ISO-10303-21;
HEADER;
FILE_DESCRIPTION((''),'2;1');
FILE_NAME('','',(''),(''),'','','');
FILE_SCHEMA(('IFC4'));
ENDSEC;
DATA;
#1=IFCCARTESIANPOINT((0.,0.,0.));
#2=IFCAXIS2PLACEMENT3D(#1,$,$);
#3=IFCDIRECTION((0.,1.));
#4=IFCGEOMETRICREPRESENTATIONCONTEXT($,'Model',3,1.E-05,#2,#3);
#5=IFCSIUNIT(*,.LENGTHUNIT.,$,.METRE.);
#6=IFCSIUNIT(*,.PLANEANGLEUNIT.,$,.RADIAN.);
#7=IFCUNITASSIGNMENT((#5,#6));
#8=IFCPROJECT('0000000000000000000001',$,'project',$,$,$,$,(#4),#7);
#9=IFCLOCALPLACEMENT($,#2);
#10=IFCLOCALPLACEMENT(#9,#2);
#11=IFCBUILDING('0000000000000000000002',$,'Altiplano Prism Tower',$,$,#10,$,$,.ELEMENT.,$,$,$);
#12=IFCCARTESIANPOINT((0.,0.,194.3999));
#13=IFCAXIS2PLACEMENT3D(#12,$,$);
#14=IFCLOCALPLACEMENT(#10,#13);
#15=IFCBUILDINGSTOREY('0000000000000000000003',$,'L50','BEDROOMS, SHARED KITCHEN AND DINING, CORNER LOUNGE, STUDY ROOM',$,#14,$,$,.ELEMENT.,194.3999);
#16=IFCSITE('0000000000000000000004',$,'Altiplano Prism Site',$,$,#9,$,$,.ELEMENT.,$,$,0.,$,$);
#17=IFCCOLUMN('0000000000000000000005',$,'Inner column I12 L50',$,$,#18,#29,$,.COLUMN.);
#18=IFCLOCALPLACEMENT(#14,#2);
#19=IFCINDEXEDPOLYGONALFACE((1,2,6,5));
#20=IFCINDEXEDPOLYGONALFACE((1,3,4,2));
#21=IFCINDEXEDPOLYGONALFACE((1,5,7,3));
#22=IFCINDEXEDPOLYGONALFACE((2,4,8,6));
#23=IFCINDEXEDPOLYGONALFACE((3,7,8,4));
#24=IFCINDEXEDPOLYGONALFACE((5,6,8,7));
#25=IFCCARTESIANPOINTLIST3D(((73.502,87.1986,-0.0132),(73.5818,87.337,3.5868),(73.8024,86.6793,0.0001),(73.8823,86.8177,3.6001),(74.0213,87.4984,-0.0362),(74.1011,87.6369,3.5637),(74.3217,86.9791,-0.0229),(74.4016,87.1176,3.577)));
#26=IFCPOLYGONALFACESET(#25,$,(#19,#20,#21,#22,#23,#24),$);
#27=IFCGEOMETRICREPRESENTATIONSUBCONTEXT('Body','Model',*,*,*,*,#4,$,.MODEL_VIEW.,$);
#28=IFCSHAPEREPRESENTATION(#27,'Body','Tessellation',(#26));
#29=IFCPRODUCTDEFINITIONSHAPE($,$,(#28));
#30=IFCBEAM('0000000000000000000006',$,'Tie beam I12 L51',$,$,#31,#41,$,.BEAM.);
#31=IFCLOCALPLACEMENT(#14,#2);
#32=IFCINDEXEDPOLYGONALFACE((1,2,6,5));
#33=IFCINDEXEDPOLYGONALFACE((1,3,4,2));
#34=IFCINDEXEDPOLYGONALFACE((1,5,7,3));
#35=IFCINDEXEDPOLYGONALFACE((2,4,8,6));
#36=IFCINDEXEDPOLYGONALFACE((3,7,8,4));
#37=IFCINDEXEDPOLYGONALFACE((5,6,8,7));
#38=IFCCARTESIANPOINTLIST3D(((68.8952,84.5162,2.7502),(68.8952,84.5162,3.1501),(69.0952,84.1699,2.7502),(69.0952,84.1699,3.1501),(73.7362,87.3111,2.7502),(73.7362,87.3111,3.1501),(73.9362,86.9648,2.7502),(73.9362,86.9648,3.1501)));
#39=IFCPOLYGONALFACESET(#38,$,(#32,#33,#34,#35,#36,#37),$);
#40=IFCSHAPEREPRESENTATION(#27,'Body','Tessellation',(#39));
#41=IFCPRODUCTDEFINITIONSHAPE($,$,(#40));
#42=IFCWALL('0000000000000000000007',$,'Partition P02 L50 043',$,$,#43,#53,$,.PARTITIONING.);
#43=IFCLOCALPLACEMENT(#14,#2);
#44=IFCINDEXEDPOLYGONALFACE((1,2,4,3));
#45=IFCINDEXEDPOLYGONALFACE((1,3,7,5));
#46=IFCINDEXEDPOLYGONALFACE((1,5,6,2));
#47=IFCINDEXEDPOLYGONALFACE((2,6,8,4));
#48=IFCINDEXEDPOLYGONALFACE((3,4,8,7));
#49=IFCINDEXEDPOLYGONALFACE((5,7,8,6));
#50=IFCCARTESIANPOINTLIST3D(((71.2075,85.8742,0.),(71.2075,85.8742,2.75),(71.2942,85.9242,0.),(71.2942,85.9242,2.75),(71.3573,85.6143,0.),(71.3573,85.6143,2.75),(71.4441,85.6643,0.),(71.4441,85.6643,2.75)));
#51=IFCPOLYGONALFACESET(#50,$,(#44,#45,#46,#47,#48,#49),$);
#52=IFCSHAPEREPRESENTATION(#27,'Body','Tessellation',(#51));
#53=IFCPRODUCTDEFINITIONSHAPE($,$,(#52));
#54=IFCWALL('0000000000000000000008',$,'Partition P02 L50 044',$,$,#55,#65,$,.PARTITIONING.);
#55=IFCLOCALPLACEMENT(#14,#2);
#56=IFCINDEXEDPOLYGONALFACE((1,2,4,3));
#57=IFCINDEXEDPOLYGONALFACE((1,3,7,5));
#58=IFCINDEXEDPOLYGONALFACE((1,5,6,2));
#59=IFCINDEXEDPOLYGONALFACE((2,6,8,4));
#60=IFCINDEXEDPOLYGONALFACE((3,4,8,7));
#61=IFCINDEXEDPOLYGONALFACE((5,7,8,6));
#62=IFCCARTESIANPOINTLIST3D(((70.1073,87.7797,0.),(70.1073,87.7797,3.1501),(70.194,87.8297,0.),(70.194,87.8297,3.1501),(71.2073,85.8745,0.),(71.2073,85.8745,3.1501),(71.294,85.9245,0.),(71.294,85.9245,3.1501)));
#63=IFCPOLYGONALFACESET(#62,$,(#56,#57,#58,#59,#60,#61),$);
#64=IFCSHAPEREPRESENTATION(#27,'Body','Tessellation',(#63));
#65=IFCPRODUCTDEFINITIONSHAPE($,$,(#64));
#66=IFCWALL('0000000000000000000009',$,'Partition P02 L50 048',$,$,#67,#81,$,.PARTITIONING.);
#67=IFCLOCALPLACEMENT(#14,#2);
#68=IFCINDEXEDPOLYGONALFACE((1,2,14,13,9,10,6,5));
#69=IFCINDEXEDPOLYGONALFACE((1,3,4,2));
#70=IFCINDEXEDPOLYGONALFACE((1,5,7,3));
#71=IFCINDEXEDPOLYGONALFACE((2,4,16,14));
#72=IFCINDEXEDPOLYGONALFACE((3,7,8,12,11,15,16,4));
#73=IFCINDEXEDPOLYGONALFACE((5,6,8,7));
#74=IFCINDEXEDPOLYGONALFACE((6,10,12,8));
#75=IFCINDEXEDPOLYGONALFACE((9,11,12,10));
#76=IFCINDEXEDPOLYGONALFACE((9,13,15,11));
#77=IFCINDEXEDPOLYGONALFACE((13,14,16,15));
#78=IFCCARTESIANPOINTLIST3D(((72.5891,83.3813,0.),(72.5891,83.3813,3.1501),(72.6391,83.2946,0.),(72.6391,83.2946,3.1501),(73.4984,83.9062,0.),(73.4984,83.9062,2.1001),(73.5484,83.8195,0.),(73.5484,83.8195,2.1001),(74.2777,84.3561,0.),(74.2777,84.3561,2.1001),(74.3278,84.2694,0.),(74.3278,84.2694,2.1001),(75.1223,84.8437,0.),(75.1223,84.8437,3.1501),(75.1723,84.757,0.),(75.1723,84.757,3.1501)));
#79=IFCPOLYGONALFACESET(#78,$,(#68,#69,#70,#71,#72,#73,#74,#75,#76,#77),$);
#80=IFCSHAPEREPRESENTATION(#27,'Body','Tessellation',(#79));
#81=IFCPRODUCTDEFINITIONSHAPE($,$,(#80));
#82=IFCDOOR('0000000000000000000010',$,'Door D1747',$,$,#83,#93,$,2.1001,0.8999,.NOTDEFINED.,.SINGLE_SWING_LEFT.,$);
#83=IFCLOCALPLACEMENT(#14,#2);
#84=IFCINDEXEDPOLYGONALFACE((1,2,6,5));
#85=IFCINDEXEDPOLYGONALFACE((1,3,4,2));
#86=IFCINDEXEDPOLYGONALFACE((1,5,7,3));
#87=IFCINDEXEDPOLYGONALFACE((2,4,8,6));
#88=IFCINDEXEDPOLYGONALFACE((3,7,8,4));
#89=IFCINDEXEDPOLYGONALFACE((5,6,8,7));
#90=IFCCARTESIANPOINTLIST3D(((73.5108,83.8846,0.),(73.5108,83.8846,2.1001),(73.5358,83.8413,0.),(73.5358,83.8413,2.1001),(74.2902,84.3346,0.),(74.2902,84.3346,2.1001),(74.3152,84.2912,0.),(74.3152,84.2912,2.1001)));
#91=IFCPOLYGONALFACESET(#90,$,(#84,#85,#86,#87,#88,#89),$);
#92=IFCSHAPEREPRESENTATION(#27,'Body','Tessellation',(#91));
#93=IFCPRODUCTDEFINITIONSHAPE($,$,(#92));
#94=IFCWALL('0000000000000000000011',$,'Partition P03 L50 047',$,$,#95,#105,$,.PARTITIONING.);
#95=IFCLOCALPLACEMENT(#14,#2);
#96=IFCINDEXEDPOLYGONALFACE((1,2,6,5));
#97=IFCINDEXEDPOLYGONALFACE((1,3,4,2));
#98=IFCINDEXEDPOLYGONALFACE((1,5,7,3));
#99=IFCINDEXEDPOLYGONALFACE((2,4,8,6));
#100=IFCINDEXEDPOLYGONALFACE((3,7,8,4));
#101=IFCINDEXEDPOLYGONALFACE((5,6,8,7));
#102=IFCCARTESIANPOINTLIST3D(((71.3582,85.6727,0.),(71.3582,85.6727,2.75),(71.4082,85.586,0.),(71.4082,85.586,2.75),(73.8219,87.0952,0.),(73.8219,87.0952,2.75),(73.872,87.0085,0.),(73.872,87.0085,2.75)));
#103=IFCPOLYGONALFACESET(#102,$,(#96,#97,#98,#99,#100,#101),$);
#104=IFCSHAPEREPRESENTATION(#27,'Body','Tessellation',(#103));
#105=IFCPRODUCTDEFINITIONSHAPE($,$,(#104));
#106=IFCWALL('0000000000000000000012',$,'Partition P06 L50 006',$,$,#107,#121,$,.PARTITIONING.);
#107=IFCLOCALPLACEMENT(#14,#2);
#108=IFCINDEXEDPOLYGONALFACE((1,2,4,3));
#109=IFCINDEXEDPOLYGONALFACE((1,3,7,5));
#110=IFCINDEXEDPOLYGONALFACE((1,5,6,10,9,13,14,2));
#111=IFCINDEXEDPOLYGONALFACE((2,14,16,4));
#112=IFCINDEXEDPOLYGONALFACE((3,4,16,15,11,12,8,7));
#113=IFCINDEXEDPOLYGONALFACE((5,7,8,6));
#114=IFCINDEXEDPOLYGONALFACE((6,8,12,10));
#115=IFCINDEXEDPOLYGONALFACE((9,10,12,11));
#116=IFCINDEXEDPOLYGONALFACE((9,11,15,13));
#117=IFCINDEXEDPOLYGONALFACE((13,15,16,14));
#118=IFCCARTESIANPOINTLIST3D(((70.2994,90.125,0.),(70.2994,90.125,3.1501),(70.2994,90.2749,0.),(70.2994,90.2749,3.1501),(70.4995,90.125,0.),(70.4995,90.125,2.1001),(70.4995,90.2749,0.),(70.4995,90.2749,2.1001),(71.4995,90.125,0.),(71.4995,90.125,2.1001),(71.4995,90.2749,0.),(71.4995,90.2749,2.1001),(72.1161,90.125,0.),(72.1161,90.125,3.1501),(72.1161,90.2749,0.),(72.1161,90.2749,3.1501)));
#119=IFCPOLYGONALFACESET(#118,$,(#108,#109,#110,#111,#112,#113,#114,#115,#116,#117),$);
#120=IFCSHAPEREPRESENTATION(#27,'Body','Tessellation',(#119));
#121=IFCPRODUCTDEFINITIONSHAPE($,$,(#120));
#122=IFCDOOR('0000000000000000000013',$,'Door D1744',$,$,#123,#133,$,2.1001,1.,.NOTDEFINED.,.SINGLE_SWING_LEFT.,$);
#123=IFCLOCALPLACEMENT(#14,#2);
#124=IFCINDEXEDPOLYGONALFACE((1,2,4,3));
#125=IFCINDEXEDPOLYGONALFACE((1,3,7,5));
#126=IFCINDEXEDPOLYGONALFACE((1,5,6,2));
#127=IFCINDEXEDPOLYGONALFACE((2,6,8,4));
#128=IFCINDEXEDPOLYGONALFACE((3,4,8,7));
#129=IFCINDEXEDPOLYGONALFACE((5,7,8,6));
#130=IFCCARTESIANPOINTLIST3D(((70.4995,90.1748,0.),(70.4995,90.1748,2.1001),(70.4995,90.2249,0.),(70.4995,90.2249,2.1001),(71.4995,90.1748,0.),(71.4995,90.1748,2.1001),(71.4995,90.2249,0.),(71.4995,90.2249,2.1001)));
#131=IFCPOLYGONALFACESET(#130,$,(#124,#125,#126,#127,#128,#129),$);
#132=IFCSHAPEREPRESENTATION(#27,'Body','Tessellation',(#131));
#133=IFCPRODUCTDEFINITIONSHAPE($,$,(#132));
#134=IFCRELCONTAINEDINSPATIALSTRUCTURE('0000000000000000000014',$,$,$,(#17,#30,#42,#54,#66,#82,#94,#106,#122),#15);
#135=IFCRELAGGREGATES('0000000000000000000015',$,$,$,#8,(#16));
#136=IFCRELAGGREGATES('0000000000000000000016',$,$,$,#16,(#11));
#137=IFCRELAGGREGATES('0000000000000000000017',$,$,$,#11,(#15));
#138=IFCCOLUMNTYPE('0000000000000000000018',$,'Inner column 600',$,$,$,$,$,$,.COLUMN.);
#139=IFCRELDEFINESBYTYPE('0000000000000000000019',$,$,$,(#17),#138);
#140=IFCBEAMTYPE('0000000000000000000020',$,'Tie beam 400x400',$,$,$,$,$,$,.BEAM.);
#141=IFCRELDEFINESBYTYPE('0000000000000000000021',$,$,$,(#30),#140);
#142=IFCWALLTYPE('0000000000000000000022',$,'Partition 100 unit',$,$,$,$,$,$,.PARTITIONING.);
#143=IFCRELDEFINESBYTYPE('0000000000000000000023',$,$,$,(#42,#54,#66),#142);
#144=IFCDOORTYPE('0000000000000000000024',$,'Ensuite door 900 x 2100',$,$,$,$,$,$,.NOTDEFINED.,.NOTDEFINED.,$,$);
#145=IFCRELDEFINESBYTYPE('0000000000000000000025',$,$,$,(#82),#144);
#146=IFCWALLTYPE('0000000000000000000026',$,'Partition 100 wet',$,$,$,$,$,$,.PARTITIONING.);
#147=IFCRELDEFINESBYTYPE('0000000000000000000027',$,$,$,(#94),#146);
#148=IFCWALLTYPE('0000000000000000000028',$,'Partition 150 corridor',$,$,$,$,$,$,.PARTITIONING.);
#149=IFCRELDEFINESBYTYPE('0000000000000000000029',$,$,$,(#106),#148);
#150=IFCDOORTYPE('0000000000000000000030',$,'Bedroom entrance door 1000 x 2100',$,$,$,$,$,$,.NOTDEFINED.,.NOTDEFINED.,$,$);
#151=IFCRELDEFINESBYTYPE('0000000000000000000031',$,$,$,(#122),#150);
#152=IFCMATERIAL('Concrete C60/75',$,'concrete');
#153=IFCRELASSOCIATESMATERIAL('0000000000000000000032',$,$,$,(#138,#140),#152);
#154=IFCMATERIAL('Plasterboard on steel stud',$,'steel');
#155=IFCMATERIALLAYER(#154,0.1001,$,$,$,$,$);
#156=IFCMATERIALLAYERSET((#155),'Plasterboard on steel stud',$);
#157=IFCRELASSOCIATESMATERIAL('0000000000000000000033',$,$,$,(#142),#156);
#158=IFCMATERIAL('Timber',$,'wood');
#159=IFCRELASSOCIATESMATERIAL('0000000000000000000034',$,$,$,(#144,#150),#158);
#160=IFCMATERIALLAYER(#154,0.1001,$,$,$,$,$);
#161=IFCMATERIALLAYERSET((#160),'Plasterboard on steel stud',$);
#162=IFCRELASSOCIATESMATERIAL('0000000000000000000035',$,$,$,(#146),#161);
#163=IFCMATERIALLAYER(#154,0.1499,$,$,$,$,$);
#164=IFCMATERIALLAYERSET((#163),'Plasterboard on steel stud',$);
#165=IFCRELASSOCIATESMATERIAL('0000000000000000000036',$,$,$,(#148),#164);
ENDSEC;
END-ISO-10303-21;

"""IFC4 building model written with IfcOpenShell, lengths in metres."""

from ifc_helpers import new_model, si_unit, direction, frame, frame_2d, origin, origin_2d, place, context, subcontext, project, spatial, rectangle, extrude, material, layer, layer_set, material_profile, profile_set, type_object, element, fill, save


model = new_model("IFC4")

# Units and contexts
model_context = context("Model", 3, precision=1e-05, world=origin(), true_north=direction((0.0, 1.0)))
body_context = subcontext(model_context, "Body", "Model", "MODEL_VIEW")
ifc_project = project(units=[si_unit("LENGTHUNIT", "METRE"), si_unit("PLANEANGLEUNIT", "RADIAN")], contexts=[model_context])

# Site, building, storey
site_placement = place(None, origin())
site = spatial("IfcSite", under=ifc_project, at=site_placement, Name="Altiplano Prism Site", CompositionType="ELEMENT", RefElevation=0.0)
building_placement = place(site_placement, origin())
building = spatial("IfcBuilding", under=site, at=building_placement, Name="Altiplano Prism Tower", CompositionType="ELEMENT")
storey_placement = place(building_placement, frame((0.0, 0.0, 194.3999)))
storey = spatial("IfcBuildingStorey", under=building, at=storey_placement, Name="L50", Description="BEDROOMS, SHARED KITCHEN AND DINING, CORNER LOUNGE, STUDY ROOM", CompositionType="ELEMENT", Elevation=194.3999)

# Column
ifc_material_1 = material(Name="Concrete C60/75", Category="concrete")
ifc_material_profile_1 = material_profile(ifc_material_1, rectangle(XDim=0.6001, YDim=0.6001, at=origin_2d()), Name="Inner column 600")
ifc_profile_set_1 = profile_set([ifc_material_profile_1], Name="Concrete C60/75")
column_type = type_object("IfcColumnType", Name="Inner column 600", PredefinedType="COLUMN", material=ifc_profile_set_1)
column_placement = place(storey_placement, frame((73.9119, 87.0889, -0.0181), z_axis=(0.022155, 0.038416, 0.999016), x_axis=(-0.865362, -0.499674, 0.038405)))
element("IfcColumn", 1, at=column_placement, inside=storey, type_object=column_type, Name="Inner column I12 L50", PredefinedType="COLUMN", context=body_context, shape_type="SweptSolid", body=[
    extrude(rectangle(XDim=0.6001, YDim=0.6001, at=origin_2d()), origin(), (0.0, 0.0, 1.0), 3.6035),
])

# Beam
ifc_material_profile_2 = material_profile(ifc_material_1, rectangle(XDim=0.3999, YDim=0.3999, at=origin_2d()), Name="Tie beam 400x400")
ifc_profile_set_2 = profile_set([ifc_material_profile_2], Name="Concrete C60/75")
beam_type = type_object("IfcBeamType", Name="Tie beam 400x400", PredefinedType="BEAM", material=ifc_profile_set_2)
beam_placement = place(storey_placement, frame((73.8362, 87.1379, 2.9502), z_axis=(-0.866031, -0.499991, 0.0), x_axis=(0.499991, -0.866031, 0.0)))
element("IfcBeam", 2, at=beam_placement, inside=storey, type_object=beam_type, Name="Tie beam I12 L51", PredefinedType="BEAM", context=body_context, shape_type="SweptSolid", body=[
    extrude(rectangle(XDim=0.3999, YDim=0.3999, at=origin_2d()), origin(), (0.0, 0.0, 1.0), 5.5898),
])

# Walls
ifc_material_2 = material(Name="Plasterboard on steel stud", Category="steel")
ifc_layer_1 = layer(ifc_material_2, 0.1001)
ifc_layer_set_1 = layer_set([ifc_layer_1], Name="Plasterboard on steel stud")
wall_type_1 = type_object("IfcWallType", Name="Partition 100 unit", PredefinedType="PARTITIONING", material=ifc_layer_set_1)
wall_1_placement = place(storey_placement, frame((71.4006, 85.6394, 0.0), z_axis=(0.0, 0.0, 1.0), x_axis=(-0.499464, 0.866335, 0.0)))
element("IfcWall", 3, at=wall_1_placement, inside=storey, type_object=wall_type_1, Name="Partition P02 L50 043", PredefinedType="PARTITIONING", context=body_context, shape_type="SweptSolid", body=[
    extrude(rectangle(XDim=0.3, YDim=0.1001, at=frame_2d((0.1499, 0.0))), origin(), (0.0, 0.0, 1.0), 2.75),
])
wall_2_placement = place(storey_placement, frame((71.2507, 85.8994, 0.0), z_axis=(0.0, 0.0, 1.0), x_axis=(-0.50003, 0.866008, 0.0)))
element("IfcWall", 4, at=wall_2_placement, inside=storey, type_object=wall_type_1, Name="Partition P02 L50 044", PredefinedType="PARTITIONING", context=body_context, shape_type="SweptSolid", body=[
    extrude(rectangle(XDim=2.2, YDim=0.1001, at=frame_2d((1.1001, 0.0))), origin(), (0.0, 0.0, 1.0), 3.1501),
])

# Wall, opening, door
wall_3_placement = place(storey_placement, frame((75.1472, 84.8003, 0.0), z_axis=(0.0, 0.0, 1.0), x_axis=(-0.866047, -0.499963, 0.0)))
wall_3 = element("IfcWall", 5, at=wall_3_placement, inside=storey, type_object=wall_type_1, Name="Partition P02 L50 048", PredefinedType="PARTITIONING", context=body_context, shape_type="SweptSolid", body=[
    extrude(rectangle(XDim=2.925, YDim=0.1001, at=frame_2d((1.4624, 0.0))), origin(), (0.0, 0.0, 1.0), 3.1501),
])
opening_1_placement = place(wall_3_placement, frame((0.9751, 0.0, 0.0)))
opening_1 = element("IfcOpeningElement", 6, at=opening_1_placement, cuts=wall_3, PredefinedType="OPENING", context=body_context, shape_type="SweptSolid", body=[
    extrude(rectangle(XDim=0.8999, YDim=2.1001, at=frame_2d((0.45, 1.05))), frame((0.0, 0.0605, 0.0), z_axis=(0.0, -1.0, 0.0), x_axis=(1.0, 0.0, 0.0)), (0.0, 0.0, 1.0), 0.1211),
])
ifc_material_3 = material(Name="Timber", Category="wood")
door_type_1 = type_object("IfcDoorType", Name="Ensuite door 900 x 2100", OperationType="NOTDEFINED", PredefinedType="NOTDEFINED", material=ifc_material_3)
door_1_placement = place(opening_1_placement, origin())
door_1 = element("IfcDoor", 7, at=door_1_placement, inside=storey, type_object=door_type_1, Name="Door D1747", OperationType="SINGLE_SWING_LEFT", OverallHeight=2.1001, OverallWidth=0.8999, PredefinedType="NOTDEFINED", context=body_context, shape_type="SweptSolid", body=[
    extrude(rectangle(XDim=0.8999, YDim=2.1001, at=frame_2d((0.45, 1.05))), frame((0.0, 0.0249, 0.0), z_axis=(0.0, -1.0, 0.0), x_axis=(1.0, 0.0, 0.0)), (0.0, 0.0, 1.0), 0.05),
])
fill(opening_1, door_1)

# Wall
ifc_layer_2 = layer(ifc_material_2, 0.1001)
ifc_layer_set_2 = layer_set([ifc_layer_2], Name="Plasterboard on steel stud")
wall_type_2 = type_object("IfcWallType", Name="Partition 100 wet", PredefinedType="PARTITIONING", material=ifc_layer_set_2)
wall_4_placement = place(storey_placement, frame((71.3833, 85.6294, 0.0), z_axis=(0.0, 0.0, 1.0), x_axis=(0.866011, 0.500025, 0.0)))
element("IfcWall", 8, at=wall_4_placement, inside=storey, type_object=wall_type_2, Name="Partition P03 L50 047", PredefinedType="PARTITIONING", context=body_context, shape_type="SweptSolid", body=[
    extrude(rectangle(XDim=2.845, YDim=0.1001, at=frame_2d((1.4224, 0.0))), origin(), (0.0, 0.0, 1.0), 2.75),
])

# Wall, opening, door
ifc_layer_3 = layer(ifc_material_2, 0.1499)
ifc_layer_set_3 = layer_set([ifc_layer_3], Name="Plasterboard on steel stud")
wall_type_3 = type_object("IfcWallType", Name="Partition 150 corridor", PredefinedType="PARTITIONING", material=ifc_layer_set_3)
wall_5_placement = place(storey_placement, frame((70.2996, 90.2, 0.0), z_axis=(0.0, 0.0, 1.0), x_axis=(1.0, 0.0, 0.0)))
wall_5 = element("IfcWall", 9, at=wall_5_placement, inside=storey, type_object=wall_type_3, Name="Partition P06 L50 006", PredefinedType="PARTITIONING", context=body_context, shape_type="SweptSolid", body=[
    extrude(rectangle(XDim=1.8167, YDim=0.1499, at=frame_2d((0.9082, 0.0))), origin(), (0.0, 0.0, 1.0), 3.1501),
])
opening_2_placement = place(wall_5_placement, frame((0.2, 0.0, 0.0)))
opening_2 = element("IfcOpeningElement", 10, at=opening_2_placement, cuts=wall_5, PredefinedType="OPENING", context=body_context, shape_type="SweptSolid", body=[
    extrude(rectangle(XDim=1.0, YDim=2.1001, at=frame_2d((0.5, 1.05))), frame((0.0, 0.0854, 0.0), z_axis=(0.0, -1.0, 0.0), x_axis=(1.0, 0.0, 0.0)), (0.0, 0.0, 1.0), 0.1709),
])
door_type_2 = type_object("IfcDoorType", Name="Bedroom entrance door 1000 x 2100", OperationType="NOTDEFINED", PredefinedType="NOTDEFINED", material=ifc_material_3)
door_2_placement = place(opening_2_placement, origin())
door_2 = element("IfcDoor", 11, at=door_2_placement, inside=storey, type_object=door_type_2, Name="Door D1744", OperationType="SINGLE_SWING_LEFT", OverallHeight=2.1001, OverallWidth=1.0, PredefinedType="NOTDEFINED", context=body_context, shape_type="SweptSolid", body=[
    extrude(rectangle(XDim=1.0, YDim=2.1001, at=frame_2d((0.5, 1.05))), frame((0.0, 0.0249, 0.0), z_axis=(0.0, -1.0, 0.0), x_axis=(1.0, 0.0, 0.0)), (0.0, 0.0, 1.0), 0.05),
])
fill(opening_2, door_2)

save(model, "model.ifc")
